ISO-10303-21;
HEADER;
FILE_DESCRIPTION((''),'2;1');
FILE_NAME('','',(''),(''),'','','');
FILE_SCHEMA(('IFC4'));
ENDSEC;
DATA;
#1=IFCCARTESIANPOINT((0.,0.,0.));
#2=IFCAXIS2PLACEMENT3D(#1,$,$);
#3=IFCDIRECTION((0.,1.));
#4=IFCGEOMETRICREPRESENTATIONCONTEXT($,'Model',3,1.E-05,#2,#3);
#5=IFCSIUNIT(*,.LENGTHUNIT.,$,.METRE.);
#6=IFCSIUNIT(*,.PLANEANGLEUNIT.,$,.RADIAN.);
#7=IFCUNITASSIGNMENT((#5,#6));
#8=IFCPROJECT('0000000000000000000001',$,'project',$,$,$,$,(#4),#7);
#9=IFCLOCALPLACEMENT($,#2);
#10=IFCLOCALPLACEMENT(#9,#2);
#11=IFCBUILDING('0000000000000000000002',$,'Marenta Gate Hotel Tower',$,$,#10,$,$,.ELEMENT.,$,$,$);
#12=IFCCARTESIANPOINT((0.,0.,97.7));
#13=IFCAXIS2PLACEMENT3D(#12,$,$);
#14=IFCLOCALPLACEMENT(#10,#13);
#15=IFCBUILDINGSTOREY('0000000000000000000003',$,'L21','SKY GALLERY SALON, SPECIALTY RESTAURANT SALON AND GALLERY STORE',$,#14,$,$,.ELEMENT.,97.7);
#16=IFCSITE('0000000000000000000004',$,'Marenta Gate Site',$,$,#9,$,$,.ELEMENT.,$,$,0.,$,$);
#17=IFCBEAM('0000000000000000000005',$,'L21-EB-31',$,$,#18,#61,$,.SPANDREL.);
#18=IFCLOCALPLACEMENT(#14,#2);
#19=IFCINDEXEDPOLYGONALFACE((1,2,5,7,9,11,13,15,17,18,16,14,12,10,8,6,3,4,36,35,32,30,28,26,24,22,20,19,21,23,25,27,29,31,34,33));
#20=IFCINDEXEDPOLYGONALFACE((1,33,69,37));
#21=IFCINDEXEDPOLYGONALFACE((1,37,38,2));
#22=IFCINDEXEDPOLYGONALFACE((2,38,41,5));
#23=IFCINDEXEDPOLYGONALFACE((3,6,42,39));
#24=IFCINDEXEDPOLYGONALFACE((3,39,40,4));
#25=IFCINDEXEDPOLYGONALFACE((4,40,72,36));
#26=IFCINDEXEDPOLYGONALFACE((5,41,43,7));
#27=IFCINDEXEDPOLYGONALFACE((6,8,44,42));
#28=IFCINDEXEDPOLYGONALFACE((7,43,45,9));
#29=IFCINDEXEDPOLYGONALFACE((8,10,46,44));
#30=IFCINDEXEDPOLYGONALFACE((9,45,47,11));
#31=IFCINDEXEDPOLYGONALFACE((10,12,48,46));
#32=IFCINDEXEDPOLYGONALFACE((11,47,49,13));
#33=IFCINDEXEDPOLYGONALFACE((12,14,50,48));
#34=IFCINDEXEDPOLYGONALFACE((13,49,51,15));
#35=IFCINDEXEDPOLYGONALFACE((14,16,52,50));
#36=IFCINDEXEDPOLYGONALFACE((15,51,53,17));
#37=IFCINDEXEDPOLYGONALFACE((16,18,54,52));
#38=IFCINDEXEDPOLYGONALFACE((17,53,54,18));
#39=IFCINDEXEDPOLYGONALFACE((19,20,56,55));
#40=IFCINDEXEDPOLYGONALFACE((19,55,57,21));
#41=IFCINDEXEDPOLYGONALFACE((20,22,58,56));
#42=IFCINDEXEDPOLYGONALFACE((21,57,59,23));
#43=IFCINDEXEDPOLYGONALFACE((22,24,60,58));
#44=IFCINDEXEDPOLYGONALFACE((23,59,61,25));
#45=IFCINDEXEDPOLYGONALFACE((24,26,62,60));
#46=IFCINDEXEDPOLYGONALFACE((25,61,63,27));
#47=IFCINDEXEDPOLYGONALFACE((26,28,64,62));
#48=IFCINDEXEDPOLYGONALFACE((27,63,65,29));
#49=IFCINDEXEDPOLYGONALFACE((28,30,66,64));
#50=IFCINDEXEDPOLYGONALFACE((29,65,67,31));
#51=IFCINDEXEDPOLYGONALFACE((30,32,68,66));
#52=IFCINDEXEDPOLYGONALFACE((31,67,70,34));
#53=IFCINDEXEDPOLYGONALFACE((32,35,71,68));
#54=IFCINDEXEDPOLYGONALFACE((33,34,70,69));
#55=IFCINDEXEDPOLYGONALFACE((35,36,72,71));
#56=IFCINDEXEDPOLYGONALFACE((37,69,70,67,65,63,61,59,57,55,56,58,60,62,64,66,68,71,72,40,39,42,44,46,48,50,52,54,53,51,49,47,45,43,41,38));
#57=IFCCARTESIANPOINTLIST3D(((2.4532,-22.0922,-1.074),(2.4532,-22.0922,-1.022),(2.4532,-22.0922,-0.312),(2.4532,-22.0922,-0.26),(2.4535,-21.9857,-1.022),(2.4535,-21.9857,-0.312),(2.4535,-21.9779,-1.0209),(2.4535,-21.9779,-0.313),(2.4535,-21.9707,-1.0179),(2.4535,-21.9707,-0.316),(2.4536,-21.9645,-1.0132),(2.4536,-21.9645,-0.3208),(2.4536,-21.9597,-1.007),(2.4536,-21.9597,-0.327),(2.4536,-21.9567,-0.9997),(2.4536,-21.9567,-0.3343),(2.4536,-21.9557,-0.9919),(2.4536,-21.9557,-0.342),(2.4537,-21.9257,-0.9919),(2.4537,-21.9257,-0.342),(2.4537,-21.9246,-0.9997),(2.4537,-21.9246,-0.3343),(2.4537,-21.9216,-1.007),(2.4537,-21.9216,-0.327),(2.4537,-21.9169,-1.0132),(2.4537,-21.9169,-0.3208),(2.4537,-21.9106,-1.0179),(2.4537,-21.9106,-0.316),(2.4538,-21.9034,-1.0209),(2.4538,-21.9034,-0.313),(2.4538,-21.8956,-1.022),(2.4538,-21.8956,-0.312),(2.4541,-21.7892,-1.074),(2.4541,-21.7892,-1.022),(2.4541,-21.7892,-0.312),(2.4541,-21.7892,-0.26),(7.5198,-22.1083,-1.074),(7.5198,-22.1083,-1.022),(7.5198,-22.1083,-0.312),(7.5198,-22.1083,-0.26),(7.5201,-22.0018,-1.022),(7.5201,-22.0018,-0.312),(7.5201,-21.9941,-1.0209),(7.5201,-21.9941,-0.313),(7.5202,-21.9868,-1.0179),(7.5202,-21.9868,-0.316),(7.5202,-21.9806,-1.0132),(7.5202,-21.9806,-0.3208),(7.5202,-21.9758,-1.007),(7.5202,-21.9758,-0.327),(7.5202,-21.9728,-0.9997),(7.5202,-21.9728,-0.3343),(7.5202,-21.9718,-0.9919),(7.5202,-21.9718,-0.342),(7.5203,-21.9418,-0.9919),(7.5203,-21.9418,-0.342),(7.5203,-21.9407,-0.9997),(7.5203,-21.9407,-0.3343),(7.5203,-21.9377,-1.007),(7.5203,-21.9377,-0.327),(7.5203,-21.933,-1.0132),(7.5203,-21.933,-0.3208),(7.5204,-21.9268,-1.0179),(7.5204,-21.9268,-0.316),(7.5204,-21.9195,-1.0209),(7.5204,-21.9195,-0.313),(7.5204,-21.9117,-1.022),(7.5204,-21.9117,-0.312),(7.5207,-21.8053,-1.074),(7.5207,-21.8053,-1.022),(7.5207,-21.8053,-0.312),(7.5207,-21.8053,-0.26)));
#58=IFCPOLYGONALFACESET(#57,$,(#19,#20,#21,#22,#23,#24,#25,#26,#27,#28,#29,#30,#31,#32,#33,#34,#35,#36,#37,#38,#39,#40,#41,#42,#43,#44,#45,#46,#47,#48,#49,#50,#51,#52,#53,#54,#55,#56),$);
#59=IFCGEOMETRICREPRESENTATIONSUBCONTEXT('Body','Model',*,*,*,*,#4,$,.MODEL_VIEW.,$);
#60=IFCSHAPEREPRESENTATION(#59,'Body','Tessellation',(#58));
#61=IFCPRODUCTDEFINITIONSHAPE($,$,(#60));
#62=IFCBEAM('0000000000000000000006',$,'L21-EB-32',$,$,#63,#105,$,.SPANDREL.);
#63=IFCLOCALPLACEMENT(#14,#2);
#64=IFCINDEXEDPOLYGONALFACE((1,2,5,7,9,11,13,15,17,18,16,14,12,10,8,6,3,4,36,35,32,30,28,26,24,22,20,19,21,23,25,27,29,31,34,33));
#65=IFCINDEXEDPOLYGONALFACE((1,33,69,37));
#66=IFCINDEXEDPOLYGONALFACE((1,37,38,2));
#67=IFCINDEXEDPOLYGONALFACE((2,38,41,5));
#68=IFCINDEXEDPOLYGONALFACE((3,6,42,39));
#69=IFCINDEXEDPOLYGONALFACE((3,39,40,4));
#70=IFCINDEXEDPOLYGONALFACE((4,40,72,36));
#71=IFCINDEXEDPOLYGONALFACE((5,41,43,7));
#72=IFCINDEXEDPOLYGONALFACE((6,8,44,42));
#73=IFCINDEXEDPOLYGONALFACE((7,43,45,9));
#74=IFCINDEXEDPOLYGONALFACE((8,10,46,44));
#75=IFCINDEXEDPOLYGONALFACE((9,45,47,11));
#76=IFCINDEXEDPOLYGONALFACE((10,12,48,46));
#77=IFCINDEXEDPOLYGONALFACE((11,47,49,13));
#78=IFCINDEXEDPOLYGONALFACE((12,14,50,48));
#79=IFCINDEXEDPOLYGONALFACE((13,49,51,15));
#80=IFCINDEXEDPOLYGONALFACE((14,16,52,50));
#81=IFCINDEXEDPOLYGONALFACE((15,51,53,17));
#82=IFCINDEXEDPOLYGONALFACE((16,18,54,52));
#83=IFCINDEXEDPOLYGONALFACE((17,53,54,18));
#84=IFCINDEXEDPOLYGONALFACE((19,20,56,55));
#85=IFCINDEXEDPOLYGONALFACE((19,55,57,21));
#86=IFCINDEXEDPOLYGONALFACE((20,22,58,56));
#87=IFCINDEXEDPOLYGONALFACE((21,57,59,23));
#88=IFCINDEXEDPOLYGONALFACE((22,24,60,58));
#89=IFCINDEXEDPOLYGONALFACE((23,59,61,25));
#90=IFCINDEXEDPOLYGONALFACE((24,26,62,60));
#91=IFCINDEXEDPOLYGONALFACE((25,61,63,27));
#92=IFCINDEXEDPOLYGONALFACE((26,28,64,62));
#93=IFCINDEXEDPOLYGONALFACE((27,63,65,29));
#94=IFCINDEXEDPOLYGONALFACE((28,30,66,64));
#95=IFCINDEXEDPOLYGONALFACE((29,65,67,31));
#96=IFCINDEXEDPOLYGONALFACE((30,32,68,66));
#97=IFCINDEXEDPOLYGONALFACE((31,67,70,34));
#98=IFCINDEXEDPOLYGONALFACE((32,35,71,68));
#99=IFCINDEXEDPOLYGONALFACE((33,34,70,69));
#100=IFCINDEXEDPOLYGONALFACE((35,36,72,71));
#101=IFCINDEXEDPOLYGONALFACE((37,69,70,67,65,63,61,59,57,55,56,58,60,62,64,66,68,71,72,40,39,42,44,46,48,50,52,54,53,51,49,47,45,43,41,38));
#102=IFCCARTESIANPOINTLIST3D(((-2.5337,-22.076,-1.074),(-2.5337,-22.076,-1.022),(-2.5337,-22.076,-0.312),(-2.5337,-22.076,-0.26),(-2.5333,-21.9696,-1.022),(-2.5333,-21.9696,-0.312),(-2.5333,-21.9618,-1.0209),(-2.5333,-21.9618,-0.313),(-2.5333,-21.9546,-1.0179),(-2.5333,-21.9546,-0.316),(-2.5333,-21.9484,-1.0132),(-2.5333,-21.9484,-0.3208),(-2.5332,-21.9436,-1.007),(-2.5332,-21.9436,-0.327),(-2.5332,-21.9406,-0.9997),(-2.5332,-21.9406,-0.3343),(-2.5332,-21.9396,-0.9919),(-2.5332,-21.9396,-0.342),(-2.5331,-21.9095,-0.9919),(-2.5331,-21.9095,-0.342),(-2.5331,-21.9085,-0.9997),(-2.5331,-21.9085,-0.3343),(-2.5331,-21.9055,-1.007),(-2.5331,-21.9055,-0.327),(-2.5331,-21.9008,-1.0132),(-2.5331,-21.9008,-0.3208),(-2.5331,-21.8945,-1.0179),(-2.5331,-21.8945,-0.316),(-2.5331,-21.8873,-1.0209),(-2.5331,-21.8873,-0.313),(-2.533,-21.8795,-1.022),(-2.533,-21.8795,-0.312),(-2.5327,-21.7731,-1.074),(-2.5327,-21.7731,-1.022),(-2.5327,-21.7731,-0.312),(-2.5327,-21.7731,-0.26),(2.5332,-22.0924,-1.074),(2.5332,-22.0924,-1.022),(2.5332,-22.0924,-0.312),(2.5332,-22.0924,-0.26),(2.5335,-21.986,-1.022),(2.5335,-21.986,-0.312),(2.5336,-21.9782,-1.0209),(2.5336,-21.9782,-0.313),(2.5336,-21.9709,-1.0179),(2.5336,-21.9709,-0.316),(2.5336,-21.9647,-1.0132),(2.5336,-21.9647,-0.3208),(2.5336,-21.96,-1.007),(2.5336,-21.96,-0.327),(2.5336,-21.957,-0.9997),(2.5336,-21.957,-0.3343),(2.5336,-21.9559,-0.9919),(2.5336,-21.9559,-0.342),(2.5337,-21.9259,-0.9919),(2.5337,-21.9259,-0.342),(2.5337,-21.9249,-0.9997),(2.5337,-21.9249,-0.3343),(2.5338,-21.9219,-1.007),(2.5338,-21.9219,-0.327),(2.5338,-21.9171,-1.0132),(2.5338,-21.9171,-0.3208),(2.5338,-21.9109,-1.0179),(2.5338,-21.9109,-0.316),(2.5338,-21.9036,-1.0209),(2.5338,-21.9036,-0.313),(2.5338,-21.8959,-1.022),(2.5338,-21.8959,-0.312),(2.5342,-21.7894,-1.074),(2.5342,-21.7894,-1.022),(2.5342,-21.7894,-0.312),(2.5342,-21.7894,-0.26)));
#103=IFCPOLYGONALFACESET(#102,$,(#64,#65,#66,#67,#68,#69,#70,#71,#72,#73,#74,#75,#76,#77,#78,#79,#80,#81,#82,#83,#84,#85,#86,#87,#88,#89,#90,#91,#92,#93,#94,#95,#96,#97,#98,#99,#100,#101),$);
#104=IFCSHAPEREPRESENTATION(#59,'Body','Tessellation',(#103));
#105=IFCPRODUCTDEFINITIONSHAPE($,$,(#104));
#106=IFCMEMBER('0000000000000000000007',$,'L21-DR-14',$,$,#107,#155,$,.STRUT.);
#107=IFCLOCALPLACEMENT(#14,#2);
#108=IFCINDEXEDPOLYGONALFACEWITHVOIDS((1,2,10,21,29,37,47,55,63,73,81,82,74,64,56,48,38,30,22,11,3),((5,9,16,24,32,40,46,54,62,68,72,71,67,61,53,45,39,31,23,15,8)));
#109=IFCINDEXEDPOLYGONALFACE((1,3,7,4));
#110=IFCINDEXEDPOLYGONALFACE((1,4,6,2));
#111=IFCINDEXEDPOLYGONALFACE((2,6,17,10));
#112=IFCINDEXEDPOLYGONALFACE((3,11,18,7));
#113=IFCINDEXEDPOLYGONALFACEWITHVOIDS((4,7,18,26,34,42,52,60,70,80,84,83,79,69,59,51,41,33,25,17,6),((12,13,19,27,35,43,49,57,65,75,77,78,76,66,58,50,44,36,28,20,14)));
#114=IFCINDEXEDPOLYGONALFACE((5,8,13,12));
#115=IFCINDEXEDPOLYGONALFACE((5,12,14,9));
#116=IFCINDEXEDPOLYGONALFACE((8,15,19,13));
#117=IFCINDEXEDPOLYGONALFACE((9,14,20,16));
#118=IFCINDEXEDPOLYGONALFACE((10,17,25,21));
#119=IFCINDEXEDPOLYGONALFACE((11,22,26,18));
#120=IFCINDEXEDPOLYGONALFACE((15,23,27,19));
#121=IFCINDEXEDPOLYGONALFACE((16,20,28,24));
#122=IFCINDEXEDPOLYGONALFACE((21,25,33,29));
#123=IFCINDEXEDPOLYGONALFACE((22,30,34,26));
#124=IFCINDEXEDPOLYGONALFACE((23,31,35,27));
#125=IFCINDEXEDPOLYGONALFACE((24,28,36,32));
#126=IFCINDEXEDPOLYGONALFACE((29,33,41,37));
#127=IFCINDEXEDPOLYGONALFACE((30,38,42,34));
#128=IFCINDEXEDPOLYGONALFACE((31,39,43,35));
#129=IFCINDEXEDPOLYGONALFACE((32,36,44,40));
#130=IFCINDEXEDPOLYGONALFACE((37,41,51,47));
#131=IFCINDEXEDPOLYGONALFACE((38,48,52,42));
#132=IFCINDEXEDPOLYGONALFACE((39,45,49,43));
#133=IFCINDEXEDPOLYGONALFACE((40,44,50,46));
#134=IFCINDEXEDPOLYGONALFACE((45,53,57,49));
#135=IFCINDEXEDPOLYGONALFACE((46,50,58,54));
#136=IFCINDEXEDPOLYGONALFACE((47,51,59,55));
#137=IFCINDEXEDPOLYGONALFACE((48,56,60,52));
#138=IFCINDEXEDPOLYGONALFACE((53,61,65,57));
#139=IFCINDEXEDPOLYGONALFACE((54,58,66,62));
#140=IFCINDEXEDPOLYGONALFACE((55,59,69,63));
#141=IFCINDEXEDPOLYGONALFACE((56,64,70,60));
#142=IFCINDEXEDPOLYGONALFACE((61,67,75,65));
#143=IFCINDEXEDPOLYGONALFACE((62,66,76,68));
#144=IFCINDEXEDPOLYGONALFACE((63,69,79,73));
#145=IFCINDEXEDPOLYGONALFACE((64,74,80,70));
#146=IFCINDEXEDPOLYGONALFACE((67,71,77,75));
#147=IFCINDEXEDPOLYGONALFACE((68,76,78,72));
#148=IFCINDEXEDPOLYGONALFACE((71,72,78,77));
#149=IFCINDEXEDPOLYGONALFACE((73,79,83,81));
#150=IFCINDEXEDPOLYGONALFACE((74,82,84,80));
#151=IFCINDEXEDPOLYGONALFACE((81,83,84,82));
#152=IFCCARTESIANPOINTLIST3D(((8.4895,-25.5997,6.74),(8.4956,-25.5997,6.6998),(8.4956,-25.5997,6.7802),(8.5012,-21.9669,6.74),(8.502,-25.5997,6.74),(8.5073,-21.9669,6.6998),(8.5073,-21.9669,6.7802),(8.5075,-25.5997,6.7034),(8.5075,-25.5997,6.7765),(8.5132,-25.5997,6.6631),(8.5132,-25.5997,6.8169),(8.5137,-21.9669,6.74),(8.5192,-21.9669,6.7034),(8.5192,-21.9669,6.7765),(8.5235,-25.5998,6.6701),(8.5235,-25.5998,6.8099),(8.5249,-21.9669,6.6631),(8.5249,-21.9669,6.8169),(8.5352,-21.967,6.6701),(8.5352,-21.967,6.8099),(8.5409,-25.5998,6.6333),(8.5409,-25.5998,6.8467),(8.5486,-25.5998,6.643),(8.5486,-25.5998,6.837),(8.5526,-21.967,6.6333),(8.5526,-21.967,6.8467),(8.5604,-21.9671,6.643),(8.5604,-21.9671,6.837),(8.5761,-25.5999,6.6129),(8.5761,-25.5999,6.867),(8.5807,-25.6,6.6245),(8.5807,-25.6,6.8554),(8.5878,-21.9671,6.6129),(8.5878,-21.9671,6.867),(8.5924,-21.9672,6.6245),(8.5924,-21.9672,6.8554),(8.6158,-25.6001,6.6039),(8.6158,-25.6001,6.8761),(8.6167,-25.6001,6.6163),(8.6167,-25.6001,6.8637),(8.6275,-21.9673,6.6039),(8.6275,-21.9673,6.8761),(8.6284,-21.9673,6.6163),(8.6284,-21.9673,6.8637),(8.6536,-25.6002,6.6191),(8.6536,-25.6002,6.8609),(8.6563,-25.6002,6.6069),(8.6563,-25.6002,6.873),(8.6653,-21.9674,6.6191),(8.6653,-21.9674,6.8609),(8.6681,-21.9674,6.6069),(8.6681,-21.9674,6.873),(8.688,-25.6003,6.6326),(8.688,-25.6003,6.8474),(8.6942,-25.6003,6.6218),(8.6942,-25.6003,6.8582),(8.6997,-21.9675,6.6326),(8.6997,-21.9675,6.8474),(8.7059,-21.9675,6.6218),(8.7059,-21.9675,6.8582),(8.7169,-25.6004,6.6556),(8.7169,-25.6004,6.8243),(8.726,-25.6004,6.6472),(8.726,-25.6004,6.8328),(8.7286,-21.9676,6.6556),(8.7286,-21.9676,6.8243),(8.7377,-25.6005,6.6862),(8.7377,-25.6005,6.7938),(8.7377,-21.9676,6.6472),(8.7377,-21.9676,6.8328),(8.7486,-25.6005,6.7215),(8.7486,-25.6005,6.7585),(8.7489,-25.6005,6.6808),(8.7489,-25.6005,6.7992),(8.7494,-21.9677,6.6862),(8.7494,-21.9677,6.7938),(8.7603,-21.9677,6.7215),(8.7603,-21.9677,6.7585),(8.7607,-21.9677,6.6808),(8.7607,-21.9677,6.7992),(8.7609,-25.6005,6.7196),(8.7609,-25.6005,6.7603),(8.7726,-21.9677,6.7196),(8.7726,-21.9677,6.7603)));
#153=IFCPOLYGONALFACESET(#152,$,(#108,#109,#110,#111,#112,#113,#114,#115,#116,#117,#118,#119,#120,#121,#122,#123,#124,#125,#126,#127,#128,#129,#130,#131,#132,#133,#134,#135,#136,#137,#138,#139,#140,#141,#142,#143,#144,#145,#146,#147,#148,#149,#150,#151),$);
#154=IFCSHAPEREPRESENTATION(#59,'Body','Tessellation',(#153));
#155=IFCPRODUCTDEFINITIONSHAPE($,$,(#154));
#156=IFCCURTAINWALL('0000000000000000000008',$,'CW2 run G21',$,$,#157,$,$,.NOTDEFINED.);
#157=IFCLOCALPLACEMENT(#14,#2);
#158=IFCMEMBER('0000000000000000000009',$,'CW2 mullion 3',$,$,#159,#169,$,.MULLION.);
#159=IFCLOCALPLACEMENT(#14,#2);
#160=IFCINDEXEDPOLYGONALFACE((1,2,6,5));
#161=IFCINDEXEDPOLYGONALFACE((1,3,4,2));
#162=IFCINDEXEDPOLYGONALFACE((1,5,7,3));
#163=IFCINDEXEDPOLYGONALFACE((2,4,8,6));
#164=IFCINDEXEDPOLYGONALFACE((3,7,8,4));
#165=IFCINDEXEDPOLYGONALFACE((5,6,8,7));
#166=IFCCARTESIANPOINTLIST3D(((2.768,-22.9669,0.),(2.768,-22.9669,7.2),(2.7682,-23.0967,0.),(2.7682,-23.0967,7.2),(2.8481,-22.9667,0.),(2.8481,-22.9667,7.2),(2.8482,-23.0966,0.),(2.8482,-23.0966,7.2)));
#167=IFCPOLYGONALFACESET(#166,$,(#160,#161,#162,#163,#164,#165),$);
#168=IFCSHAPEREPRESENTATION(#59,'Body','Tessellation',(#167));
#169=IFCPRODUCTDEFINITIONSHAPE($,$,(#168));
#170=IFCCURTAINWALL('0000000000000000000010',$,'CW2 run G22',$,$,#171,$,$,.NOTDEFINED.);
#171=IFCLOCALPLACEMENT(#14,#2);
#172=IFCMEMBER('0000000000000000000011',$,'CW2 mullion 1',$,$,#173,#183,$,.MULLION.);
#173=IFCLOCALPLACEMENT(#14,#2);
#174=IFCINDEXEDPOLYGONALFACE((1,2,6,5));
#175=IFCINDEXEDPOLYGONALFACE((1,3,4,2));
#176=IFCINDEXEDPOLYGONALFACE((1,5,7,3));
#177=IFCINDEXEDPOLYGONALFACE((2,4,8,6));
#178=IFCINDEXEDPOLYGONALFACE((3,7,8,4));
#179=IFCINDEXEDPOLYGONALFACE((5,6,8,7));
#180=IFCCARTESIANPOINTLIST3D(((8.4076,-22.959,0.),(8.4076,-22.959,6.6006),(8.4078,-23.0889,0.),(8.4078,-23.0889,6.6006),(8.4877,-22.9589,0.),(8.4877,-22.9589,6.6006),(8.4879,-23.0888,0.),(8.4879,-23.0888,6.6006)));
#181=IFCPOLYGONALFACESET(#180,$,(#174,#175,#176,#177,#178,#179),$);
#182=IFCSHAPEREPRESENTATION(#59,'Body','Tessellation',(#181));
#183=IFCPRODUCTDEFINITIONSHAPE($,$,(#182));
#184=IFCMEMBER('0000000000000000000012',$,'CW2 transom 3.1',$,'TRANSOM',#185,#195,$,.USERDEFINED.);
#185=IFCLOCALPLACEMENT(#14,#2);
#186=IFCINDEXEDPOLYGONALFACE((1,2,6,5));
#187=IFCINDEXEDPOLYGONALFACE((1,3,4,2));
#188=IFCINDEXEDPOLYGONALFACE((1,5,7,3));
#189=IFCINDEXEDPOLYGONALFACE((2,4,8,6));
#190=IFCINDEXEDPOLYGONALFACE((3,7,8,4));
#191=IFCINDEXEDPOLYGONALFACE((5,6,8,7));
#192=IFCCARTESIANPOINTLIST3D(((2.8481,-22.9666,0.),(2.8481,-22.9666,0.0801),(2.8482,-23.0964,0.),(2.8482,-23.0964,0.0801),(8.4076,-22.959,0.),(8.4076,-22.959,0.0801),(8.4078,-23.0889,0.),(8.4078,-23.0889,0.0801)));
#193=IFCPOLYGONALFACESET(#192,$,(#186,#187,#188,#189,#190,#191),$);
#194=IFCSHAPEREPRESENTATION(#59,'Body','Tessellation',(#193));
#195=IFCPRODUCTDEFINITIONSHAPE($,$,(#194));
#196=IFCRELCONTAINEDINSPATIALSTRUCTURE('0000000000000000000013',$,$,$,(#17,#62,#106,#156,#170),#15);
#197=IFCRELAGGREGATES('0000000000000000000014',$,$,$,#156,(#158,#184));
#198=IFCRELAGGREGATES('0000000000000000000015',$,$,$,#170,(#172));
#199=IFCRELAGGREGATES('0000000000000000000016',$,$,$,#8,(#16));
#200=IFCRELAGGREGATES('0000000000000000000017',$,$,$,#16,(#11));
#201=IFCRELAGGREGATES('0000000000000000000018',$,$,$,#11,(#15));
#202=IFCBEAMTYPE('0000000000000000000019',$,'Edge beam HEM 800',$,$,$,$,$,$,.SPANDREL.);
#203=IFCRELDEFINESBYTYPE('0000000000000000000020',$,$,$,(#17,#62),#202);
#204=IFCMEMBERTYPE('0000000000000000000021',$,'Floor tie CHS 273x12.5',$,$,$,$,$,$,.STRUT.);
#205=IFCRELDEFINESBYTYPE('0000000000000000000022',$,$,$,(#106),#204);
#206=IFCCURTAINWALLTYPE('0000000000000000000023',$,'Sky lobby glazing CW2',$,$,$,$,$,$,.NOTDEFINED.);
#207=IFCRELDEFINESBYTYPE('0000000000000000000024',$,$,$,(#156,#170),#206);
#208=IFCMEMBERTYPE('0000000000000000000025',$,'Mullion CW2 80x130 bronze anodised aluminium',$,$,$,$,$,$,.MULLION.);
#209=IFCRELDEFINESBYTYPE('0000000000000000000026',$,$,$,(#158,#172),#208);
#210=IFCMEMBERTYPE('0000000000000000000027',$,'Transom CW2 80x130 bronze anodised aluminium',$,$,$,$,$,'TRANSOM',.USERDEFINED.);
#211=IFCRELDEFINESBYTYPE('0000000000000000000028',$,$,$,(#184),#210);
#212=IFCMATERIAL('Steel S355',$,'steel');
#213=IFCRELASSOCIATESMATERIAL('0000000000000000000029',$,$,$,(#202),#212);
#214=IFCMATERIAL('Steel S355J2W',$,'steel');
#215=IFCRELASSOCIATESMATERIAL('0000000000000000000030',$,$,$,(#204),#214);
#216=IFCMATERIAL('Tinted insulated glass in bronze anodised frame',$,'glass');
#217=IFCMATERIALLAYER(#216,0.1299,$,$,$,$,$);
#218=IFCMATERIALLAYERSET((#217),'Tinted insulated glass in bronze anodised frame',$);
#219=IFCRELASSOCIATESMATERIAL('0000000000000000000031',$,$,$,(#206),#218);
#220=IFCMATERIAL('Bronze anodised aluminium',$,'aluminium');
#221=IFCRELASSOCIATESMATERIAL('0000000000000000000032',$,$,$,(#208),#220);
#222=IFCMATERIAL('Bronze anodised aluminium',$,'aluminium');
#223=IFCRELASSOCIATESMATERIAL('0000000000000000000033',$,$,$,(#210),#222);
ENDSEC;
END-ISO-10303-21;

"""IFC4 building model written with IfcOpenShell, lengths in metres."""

from ifc_helpers import new_model, si_unit, direction, frame, origin, origin_2d, place, context, subcontext, project, spatial, rectangle, hollow_circle, i_section, extrude, material, layer, layer_set, material_profile, profile_set, type_object, element, aggregate, save


model = new_model("IFC4")

# Units and contexts
model_context = context("Model", 3, precision=1e-05, world=origin(), true_north=direction((0.0, 1.0)))
body_context = subcontext(model_context, "Body", "Model", "MODEL_VIEW")
ifc_project = project(units=[si_unit("LENGTHUNIT", "METRE"), si_unit("PLANEANGLEUNIT", "RADIAN")], contexts=[model_context])

# Site, building, storey
site_placement = place(None, origin())
site = spatial("IfcSite", under=ifc_project, at=site_placement, Name="Marenta Gate Site", CompositionType="ELEMENT", RefElevation=0.0)
building_placement = place(site_placement, origin())
building = spatial("IfcBuilding", under=site, at=building_placement, Name="Marenta Gate Hotel Tower", CompositionType="ELEMENT")
storey_placement = place(building_placement, frame((0.0, 0.0, 97.7)))
storey = spatial("IfcBuildingStorey", under=building, at=storey_placement, Name="L21", Description="SKY GALLERY SALON, SPECIALTY RESTAURANT SALON AND GALLERY STORE", CompositionType="ELEMENT", Elevation=97.7)

# Beams
ifc_material_1 = material(Name="Steel S355", Category="steel")
ifc_material_profile_1 = material_profile(ifc_material_1, i_section(OverallWidth=0.303, OverallDepth=0.814, WebThickness=0.03, FlangeThickness=0.052, FilletRadius=0.03, at=origin_2d()), Name="HEM 800")
ifc_profile_set_1 = profile_set([ifc_material_profile_1], Name="Steel S355")
beam_type = type_object("IfcBeamType", Name="Edge beam HEM 800", PredefinedType="SPANDREL", material=ifc_profile_set_1)
beam_1_placement = place(storey_placement, frame((7.5203, -21.9568, -0.667), z_axis=(-0.999995, 0.00318, 0.0), x_axis=(-0.00318, -0.999995, 0.0)))
element("IfcBeam", 1, at=beam_1_placement, inside=storey, type_object=beam_type, Name="L21-EB-31", PredefinedType="SPANDREL", context=body_context, shape_type="SweptSolid", body=[
    extrude(i_section(OverallWidth=0.303, OverallDepth=0.814, WebThickness=0.03, FlangeThickness=0.052, FilletRadius=0.03, at=origin_2d()), origin(), (0.0, 0.0, 1.0), 5.0667),
])
beam_2_placement = place(storey_placement, frame((2.5337, -21.9409, -0.667), z_axis=(-0.999995, 0.003228, 0.0), x_axis=(-0.003228, -0.999995, 0.0)))
element("IfcBeam", 2, at=beam_2_placement, inside=storey, type_object=beam_type, Name="L21-EB-32", PredefinedType="SPANDREL", context=body_context, shape_type="SweptSolid", body=[
    extrude(i_section(OverallWidth=0.303, OverallDepth=0.814, WebThickness=0.03, FlangeThickness=0.052, FilletRadius=0.03, at=origin_2d()), origin(), (0.0, 0.0, 1.0), 5.0669),
])

# Member
ifc_material_2 = material(Name="Steel S355J2W", Category="steel")
ifc_material_profile_2 = material_profile(ifc_material_2, hollow_circle(Radius=0.1365, WallThickness=0.0125, at=origin_2d()), Name="CHS 273x12.5")
ifc_profile_set_2 = profile_set([ifc_material_profile_2], Name="Steel S355J2W")
member_type_1 = type_object("IfcMemberType", Name="Floor tie CHS 273x12.5", PredefinedType="STRUT", material=ifc_profile_set_2)
member_1_placement = place(storey_placement, frame((8.626, -25.6001, 6.74), z_axis=(0.003226, 0.999995, 0.0), x_axis=(-0.999995, 0.003226, 0.0)))
element("IfcMember", 3, at=member_1_placement, inside=storey, type_object=member_type_1, Name="L21-DR-14", PredefinedType="STRUT", context=body_context, shape_type="SweptSolid", body=[
    extrude(hollow_circle(Radius=0.1365, WallThickness=0.0125, at=origin_2d()), origin(), (0.0, 0.0, 1.0), 3.6328),
])

# Curtain walls, members
ifc_material_3 = material(Name="Tinted insulated glass in bronze anodised frame", Category="glass")
ifc_layer_1 = layer(ifc_material_3, 0.1299)
ifc_layer_set_1 = layer_set([ifc_layer_1], Name="Tinted insulated glass in bronze anodised frame")
curtain_wall_type = type_object("IfcCurtainWallType", Name="Sky lobby glazing CW2", PredefinedType="NOTDEFINED", material=ifc_layer_set_1)
curtain_wall_1_placement = place(storey_placement, origin())
curtain_wall_1 = element("IfcCurtainWall", 4, at=curtain_wall_1_placement, inside=storey, type_object=curtain_wall_type, Name="CW2 run G21", PredefinedType="NOTDEFINED")
ifc_material_4 = material(Name="Bronze anodised aluminium", Category="aluminium")
ifc_material_profile_3 = material_profile(ifc_material_4, rectangle(XDim=0.1299, YDim=0.0801, at=origin_2d()), Name="Mullion CW2 80x130 bronze anodised aluminium")
ifc_profile_set_3 = profile_set([ifc_material_profile_3], Name="Bronze anodised aluminium")
member_type_2 = type_object("IfcMemberType", Name="Mullion CW2 80x130 bronze anodised aluminium", PredefinedType="MULLION", material=ifc_profile_set_3)
member_2_placement = place(storey_placement, frame((2.8081, -23.0317, 0.0), z_axis=(0.0, 0.0, 1.0), x_axis=(-0.001363, 0.999999, 0.0)))
member_2 = element("IfcMember", 5, at=member_2_placement, type_object=member_type_2, Name="CW2 mullion 3", PredefinedType="MULLION", context=body_context, shape_type="SweptSolid", body=[
    extrude(rectangle(XDim=0.1299, YDim=0.0801, at=origin_2d()), origin(), (0.0, 0.0, 1.0), 7.2),
])
curtain_wall_2_placement = place(storey_placement, origin())
curtain_wall_2 = element("IfcCurtainWall", 6, at=curtain_wall_2_placement, inside=storey, type_object=curtain_wall_type, Name="CW2 run G22", PredefinedType="NOTDEFINED")
member_3_placement = place(storey_placement, frame((8.4478, -23.0239, 0.0), z_axis=(0.0, 0.0, 1.0), x_axis=(-0.001325, 0.999999, 0.0)))
member_3 = element("IfcMember", 7, at=member_3_placement, type_object=member_type_2, Name="CW2 mullion 1", PredefinedType="MULLION", context=body_context, shape_type="SweptSolid", body=[
    extrude(rectangle(XDim=0.1299, YDim=0.0801, at=origin_2d()), origin(), (0.0, 0.0, 1.0), 6.6006),
])

# Member
ifc_material_5 = material(Name="Bronze anodised aluminium", Category="aluminium")
ifc_material_profile_4 = material_profile(ifc_material_5, rectangle(XDim=0.1299, YDim=0.0801, at=origin_2d()), Name="Transom CW2 80x130 bronze anodised aluminium")
ifc_profile_set_4 = profile_set([ifc_material_profile_4], Name="Bronze anodised aluminium")
member_type_3 = type_object("IfcMemberType", Name="Transom CW2 80x130 bronze anodised aluminium", ElementType="TRANSOM", PredefinedType="USERDEFINED", material=ifc_profile_set_4)
member_4_placement = place(storey_placement, frame((2.8481, -23.0315, 0.04), z_axis=(0.999999, 0.001361, 0.0), x_axis=(-0.001361, 0.999999, 0.0)))
member_4 = element("IfcMember", 8, at=member_4_placement, type_object=member_type_3, Name="CW2 transom 3.1", ObjectType="TRANSOM", PredefinedType="USERDEFINED", context=body_context, shape_type="SweptSolid", body=[
    extrude(rectangle(XDim=0.1299, YDim=0.0801, at=origin_2d()), origin(), (0.0, 0.0, 1.0), 5.5596),
])

aggregate(curtain_wall_1, [member_2, member_4])
aggregate(curtain_wall_2, [member_3])

save(model, "model.ifc")
